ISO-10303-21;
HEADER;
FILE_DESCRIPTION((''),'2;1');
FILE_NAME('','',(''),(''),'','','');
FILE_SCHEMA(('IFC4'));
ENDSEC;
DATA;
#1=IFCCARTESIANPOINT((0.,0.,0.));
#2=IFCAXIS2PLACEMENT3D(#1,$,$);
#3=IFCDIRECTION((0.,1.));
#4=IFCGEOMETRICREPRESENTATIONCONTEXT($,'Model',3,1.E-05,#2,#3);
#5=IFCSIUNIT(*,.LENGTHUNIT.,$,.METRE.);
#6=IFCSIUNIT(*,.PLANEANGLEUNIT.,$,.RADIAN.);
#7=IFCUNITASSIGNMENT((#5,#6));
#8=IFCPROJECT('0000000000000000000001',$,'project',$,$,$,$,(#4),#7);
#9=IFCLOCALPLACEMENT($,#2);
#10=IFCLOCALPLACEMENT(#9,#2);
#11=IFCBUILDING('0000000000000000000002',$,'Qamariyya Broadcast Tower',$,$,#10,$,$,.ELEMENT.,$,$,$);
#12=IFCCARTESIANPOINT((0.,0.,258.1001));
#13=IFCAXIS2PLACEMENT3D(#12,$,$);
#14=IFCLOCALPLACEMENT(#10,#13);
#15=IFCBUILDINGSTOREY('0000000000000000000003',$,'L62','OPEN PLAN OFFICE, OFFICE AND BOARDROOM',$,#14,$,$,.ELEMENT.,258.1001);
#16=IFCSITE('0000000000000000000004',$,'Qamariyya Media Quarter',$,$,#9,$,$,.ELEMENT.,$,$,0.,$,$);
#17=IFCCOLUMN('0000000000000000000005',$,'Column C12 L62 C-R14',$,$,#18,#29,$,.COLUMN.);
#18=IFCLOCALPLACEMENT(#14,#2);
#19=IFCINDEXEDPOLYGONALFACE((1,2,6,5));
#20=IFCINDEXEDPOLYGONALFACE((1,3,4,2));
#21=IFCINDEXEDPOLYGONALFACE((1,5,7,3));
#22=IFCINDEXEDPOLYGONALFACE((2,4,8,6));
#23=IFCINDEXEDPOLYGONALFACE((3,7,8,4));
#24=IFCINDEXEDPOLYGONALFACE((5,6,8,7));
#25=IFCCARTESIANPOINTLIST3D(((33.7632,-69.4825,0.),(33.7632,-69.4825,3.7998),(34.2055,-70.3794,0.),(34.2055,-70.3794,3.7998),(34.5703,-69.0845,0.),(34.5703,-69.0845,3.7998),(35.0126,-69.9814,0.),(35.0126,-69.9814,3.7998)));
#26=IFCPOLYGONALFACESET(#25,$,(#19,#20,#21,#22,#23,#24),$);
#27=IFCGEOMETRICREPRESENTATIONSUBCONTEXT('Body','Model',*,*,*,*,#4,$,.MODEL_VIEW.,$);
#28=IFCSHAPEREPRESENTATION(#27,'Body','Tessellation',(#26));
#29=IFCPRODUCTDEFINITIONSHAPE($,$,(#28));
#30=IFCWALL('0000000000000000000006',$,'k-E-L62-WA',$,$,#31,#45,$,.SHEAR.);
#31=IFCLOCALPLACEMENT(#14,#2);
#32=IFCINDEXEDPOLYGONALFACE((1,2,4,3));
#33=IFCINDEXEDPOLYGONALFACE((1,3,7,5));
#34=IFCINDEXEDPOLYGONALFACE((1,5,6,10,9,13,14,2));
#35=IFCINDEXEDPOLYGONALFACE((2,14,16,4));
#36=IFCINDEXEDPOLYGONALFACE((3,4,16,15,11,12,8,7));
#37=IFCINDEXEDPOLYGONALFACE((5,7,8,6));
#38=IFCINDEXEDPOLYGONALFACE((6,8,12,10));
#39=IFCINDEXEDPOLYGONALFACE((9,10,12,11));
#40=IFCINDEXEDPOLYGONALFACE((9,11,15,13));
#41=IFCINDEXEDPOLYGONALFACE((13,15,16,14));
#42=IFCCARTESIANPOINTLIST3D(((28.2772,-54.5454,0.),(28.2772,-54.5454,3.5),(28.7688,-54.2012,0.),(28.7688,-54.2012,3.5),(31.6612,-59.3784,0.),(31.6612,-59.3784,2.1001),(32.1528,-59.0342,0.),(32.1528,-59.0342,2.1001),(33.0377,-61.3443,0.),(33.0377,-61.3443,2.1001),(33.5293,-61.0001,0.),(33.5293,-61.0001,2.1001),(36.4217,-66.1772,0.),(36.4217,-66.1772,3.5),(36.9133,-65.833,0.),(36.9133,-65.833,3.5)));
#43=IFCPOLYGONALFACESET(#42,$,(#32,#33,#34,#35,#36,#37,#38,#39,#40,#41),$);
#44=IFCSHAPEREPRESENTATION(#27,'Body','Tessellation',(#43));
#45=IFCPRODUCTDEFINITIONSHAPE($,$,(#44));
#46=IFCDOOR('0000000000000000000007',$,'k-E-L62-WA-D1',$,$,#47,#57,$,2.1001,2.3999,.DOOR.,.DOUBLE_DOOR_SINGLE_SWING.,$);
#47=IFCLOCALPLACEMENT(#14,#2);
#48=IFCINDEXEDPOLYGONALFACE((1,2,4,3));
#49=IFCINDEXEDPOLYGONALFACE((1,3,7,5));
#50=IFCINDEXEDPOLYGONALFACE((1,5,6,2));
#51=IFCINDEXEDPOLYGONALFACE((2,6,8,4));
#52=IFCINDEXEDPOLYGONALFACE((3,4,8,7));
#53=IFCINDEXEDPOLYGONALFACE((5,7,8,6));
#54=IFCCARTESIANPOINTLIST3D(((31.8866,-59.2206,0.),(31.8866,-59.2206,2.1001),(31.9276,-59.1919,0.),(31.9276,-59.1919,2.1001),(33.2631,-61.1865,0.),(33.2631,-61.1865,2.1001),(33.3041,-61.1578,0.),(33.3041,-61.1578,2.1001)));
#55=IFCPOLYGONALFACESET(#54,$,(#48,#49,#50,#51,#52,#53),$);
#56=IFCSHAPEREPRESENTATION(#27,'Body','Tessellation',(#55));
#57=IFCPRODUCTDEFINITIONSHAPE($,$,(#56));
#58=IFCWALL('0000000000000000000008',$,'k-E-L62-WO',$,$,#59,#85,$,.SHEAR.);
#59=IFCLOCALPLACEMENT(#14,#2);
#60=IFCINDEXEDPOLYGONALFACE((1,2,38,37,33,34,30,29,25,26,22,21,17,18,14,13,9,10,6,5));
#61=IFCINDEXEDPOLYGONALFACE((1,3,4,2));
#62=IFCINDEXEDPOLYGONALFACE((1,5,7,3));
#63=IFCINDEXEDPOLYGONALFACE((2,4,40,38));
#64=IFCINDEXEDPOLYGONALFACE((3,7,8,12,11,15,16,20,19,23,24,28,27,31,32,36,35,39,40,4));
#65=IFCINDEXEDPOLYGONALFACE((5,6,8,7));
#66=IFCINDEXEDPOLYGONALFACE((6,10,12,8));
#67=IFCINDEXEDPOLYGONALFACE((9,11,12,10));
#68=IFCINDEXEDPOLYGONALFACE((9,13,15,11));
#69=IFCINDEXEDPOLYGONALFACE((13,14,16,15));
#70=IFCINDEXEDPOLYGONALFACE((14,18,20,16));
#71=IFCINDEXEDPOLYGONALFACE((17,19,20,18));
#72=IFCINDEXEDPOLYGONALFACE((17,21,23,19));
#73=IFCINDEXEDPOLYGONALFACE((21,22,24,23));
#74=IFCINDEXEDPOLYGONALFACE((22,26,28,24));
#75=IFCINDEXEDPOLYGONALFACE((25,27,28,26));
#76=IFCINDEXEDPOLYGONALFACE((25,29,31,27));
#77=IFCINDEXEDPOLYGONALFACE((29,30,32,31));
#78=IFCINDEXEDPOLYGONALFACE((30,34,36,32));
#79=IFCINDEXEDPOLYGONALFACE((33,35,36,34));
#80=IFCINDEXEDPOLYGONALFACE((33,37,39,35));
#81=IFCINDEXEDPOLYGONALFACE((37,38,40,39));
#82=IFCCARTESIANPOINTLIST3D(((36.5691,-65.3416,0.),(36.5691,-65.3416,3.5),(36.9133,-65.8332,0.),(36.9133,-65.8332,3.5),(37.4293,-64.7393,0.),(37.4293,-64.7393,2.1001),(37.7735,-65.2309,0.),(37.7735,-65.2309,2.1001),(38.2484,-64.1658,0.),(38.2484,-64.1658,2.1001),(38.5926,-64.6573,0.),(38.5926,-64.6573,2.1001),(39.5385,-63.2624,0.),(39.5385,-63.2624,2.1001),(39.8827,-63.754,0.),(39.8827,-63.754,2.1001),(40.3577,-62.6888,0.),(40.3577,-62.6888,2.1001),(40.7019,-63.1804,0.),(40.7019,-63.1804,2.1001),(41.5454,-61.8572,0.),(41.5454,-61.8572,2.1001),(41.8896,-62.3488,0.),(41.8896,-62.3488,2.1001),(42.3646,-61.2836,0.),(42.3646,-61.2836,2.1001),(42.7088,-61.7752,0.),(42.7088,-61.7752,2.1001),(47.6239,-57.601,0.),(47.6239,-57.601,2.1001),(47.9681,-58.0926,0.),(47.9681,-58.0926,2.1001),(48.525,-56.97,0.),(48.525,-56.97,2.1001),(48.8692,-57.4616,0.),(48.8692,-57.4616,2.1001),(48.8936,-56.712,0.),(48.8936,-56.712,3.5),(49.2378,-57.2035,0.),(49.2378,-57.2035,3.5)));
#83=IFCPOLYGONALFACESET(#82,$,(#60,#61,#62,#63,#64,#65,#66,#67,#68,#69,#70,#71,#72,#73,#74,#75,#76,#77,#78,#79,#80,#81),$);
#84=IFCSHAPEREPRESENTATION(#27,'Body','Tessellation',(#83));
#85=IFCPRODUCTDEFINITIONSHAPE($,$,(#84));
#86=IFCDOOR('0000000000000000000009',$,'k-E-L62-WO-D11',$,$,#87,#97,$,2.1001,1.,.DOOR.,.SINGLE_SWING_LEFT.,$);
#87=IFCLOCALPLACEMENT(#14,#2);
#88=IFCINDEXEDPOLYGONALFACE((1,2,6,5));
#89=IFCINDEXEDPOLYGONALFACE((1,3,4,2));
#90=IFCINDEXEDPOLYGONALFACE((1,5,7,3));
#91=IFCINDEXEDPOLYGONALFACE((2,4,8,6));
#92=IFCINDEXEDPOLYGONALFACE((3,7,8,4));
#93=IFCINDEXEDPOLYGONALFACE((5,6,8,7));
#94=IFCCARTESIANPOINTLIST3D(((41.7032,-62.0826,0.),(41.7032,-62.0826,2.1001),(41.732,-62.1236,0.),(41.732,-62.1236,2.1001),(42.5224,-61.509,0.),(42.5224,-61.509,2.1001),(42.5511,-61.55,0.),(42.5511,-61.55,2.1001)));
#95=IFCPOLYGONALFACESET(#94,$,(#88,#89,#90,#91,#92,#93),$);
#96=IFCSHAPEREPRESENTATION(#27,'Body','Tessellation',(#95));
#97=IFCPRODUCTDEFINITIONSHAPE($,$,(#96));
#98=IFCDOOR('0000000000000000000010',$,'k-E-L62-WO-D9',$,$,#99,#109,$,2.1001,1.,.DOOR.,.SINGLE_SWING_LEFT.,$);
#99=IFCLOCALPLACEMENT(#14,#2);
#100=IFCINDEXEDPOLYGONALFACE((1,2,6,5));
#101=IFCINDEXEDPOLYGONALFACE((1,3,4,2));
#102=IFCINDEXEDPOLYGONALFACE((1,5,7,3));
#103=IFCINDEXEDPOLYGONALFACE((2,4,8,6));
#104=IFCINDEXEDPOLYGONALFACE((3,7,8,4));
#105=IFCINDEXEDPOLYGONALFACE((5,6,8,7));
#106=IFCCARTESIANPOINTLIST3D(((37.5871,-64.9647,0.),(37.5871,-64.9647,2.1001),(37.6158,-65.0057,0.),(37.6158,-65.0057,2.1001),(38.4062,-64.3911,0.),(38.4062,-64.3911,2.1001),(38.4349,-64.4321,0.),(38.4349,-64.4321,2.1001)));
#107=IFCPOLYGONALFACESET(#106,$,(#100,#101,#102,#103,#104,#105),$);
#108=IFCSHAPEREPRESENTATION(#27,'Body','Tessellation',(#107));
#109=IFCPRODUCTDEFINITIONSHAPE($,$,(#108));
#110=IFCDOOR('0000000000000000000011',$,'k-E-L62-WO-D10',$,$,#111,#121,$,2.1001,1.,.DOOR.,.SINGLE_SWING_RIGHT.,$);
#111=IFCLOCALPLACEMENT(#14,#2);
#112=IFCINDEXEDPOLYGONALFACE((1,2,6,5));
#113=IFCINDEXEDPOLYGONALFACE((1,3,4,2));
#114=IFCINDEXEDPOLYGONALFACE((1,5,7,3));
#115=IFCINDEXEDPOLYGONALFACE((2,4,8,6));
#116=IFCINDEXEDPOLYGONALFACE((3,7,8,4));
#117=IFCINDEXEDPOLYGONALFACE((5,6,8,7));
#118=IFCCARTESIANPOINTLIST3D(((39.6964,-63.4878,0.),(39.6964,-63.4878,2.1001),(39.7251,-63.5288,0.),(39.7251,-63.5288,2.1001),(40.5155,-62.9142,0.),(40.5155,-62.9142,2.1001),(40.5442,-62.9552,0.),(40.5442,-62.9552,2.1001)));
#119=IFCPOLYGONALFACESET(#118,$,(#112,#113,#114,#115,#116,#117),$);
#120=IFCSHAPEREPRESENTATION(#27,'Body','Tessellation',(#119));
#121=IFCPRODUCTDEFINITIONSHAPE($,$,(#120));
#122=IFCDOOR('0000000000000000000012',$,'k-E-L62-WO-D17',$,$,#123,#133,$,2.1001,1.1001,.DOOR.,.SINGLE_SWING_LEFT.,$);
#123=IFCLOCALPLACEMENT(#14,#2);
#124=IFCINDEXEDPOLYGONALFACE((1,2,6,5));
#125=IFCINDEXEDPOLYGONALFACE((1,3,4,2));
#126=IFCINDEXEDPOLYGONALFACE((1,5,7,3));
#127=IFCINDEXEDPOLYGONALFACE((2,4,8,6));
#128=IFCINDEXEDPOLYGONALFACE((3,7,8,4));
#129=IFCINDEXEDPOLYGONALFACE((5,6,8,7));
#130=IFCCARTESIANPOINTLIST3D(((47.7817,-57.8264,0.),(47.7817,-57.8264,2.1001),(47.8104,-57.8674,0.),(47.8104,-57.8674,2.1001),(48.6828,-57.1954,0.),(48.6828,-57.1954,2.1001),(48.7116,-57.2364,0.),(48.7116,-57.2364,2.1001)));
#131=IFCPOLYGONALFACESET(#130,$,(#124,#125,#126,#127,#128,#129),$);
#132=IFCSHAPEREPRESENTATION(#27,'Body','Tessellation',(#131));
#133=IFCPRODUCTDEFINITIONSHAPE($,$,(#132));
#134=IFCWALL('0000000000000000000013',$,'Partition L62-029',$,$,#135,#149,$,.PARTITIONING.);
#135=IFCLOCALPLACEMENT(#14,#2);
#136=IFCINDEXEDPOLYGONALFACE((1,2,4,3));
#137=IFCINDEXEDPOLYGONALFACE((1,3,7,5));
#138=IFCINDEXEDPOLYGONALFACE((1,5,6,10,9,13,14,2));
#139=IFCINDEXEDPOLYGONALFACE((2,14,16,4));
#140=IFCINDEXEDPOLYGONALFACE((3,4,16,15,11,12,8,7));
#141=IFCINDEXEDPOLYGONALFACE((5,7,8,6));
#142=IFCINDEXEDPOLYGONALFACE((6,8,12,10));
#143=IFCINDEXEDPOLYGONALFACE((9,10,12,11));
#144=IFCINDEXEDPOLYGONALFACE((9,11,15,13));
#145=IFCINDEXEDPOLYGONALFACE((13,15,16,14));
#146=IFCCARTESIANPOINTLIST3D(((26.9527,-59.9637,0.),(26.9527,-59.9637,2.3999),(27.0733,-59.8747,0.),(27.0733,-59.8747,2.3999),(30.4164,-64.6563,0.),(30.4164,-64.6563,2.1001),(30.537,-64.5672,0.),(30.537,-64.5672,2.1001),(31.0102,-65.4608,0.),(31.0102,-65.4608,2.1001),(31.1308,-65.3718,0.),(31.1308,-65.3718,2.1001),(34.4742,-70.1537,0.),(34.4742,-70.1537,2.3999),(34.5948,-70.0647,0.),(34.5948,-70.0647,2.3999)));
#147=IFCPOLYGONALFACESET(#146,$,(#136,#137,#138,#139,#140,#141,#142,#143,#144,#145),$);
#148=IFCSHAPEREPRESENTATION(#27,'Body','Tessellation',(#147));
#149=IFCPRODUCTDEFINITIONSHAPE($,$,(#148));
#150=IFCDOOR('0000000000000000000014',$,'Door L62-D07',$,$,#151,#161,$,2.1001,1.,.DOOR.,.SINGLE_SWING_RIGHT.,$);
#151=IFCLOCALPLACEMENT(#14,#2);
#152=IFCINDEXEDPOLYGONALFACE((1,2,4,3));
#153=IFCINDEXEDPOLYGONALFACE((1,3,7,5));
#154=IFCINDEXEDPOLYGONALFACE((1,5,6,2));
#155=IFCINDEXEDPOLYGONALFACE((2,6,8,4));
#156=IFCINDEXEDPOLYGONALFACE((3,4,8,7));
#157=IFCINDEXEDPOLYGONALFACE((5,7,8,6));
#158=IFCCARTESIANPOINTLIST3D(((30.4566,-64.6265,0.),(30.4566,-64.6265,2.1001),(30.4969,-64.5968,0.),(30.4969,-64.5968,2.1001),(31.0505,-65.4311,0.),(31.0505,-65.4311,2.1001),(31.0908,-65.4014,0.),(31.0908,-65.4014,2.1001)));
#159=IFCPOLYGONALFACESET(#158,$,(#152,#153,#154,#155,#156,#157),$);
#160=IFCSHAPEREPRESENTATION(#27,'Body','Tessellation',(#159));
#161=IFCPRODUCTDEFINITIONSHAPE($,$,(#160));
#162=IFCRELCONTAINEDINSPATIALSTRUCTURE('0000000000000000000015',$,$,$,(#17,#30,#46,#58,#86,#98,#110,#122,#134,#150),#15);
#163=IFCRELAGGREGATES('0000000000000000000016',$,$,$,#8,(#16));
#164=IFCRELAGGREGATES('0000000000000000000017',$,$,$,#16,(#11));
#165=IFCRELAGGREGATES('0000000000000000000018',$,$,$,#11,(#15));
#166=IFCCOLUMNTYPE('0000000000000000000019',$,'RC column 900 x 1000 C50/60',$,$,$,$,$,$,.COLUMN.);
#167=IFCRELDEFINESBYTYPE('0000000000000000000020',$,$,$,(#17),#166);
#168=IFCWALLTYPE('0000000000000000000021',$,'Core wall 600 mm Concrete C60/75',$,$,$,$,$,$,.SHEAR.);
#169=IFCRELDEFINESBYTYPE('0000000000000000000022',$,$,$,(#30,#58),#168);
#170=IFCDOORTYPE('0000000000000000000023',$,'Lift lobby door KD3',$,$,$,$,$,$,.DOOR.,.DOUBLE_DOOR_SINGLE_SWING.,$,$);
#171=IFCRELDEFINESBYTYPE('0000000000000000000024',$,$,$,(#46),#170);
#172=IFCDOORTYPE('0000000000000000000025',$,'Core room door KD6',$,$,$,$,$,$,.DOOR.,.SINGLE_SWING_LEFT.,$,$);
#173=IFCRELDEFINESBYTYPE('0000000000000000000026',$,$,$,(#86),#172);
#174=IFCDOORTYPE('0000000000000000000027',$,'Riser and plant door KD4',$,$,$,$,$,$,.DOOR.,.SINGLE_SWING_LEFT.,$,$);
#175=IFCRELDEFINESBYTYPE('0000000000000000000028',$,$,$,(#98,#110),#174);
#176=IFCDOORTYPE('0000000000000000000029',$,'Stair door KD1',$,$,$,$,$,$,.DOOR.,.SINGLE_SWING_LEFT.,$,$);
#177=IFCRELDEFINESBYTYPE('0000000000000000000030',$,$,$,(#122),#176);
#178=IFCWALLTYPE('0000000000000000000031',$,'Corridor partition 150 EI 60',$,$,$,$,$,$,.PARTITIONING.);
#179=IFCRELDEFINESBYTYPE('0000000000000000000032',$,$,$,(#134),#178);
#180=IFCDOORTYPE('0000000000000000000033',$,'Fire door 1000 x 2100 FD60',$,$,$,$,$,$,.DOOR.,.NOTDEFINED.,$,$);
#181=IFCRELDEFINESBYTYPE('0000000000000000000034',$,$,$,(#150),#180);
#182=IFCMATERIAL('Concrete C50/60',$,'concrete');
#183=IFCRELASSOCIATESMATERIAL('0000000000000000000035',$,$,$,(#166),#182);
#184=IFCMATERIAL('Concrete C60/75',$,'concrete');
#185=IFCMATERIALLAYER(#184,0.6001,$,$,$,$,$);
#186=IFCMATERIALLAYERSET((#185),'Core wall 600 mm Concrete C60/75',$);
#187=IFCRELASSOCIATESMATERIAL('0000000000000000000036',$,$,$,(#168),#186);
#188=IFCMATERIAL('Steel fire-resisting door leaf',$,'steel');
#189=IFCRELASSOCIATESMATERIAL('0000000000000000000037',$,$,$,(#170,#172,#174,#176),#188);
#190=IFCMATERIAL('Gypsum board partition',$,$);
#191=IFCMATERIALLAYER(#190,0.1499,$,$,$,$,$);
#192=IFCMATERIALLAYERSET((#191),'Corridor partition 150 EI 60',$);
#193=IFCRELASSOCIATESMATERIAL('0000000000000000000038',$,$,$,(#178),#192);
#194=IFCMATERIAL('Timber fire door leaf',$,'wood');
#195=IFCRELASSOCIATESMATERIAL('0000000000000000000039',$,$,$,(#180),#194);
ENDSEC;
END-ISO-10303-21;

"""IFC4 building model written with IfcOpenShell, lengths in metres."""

from ifc_helpers import new_model, si_unit, direction, frame, frame_2d, origin, origin_2d, place, context, subcontext, project, spatial, rectangle, extrude, material, layer, layer_set, material_profile, profile_set, type_object, element, fill, save


model = new_model("IFC4")

# Units and contexts
model_context = context("Model", 3, precision=1e-05, world=origin(), true_north=direction((0.0, 1.0)))
body_context = subcontext(model_context, "Body", "Model", "MODEL_VIEW")
ifc_project = project(units=[si_unit("LENGTHUNIT", "METRE"), si_unit("PLANEANGLEUNIT", "RADIAN")], contexts=[model_context])

# Site, building, storey
site_placement = place(None, origin())
site = spatial("IfcSite", under=ifc_project, at=site_placement, Name="Qamariyya Media Quarter", CompositionType="ELEMENT", RefElevation=0.0)
building_placement = place(site_placement, origin())
building = spatial("IfcBuilding", under=site, at=building_placement, Name="Qamariyya Broadcast Tower", CompositionType="ELEMENT")
storey_placement = place(building_placement, frame((0.0, 0.0, 258.1001)))
storey = spatial("IfcBuildingStorey", under=building, at=storey_placement, Name="L62", Description="OPEN PLAN OFFICE, OFFICE AND BOARDROOM", CompositionType="ELEMENT", Elevation=258.1001)

# Column
ifc_material_1 = material(Name="Concrete C50/60", Category="concrete")
ifc_material_profile_1 = material_profile(ifc_material_1, rectangle(XDim=0.8999, YDim=1.0, at=origin_2d()))
ifc_profile_set_1 = profile_set([ifc_material_profile_1], Name="Concrete C50/60")
column_type = type_object("IfcColumnType", Name="RC column 900 x 1000 C50/60", PredefinedType="COLUMN", material=ifc_profile_set_1)
column_placement = place(storey_placement, frame((34.3879, -69.7319, 0.0), z_axis=(0.0, 0.0, 1.0), x_axis=(0.896873, 0.442289, 0.0)))
element("IfcColumn", 1, at=column_placement, inside=storey, type_object=column_type, Name="Column C12 L62 C-R14", PredefinedType="COLUMN", context=body_context, shape_type="SweptSolid", body=[
    extrude(rectangle(XDim=0.8999, YDim=1.0, at=origin_2d()), origin(), (0.0, 0.0, 1.0), 3.7998),
])

# Wall, opening, door
ifc_material_2 = material(Name="Concrete C60/75", Category="concrete")
ifc_layer_1 = layer(ifc_material_2, 0.6001)
ifc_layer_set_1 = layer_set([ifc_layer_1], Name="Core wall 600 mm Concrete C60/75")
wall_type_1 = type_object("IfcWallType", Name="Core wall 600 mm Concrete C60/75", PredefinedType="SHEAR", material=ifc_layer_set_1)
wall_1_placement = place(storey_placement, frame((36.6675, -66.0051, 0.0), z_axis=(0.0, 0.0, 1.0), x_axis=(-0.573568, 0.819158, 0.0)))
wall_1 = element("IfcWall", 2, at=wall_1_placement, inside=storey, type_object=wall_type_1, Name="k-E-L62-WA", PredefinedType="SHEAR", context=body_context, shape_type="SweptSolid", body=[
    extrude(rectangle(XDim=14.1997, YDim=0.6001, at=frame_2d((7.0999, 0.0))), origin(), (0.0, 0.0, 1.0), 3.5),
])
opening_1_placement = place(wall_1_placement, frame((5.8999, 0.0, 0.0)))
opening_1 = element("IfcOpeningElement", 3, at=opening_1_placement, cuts=wall_1, PredefinedType="OPENING", context=body_context, shape_type="SweptSolid", body=[
    extrude(rectangle(XDim=2.3999, YDim=2.1001, at=frame_2d((1.2, 1.05))), frame((0.0, 0.3101, 0.0), z_axis=(0.0, -1.0, 0.0), x_axis=(1.0, 0.0, 0.0)), (0.0, 0.0, 1.0), 0.6201),
])
ifc_material_3 = material(Name="Steel fire-resisting door leaf", Category="steel")
door_type_1 = type_object("IfcDoorType", Name="Lift lobby door KD3", OperationType="DOUBLE_DOOR_SINGLE_SWING", PredefinedType="DOOR", material=ifc_material_3)
door_1_placement = place(opening_1_placement, origin())
door_1 = element("IfcDoor", 4, at=door_1_placement, inside=storey, type_object=door_type_1, Name="k-E-L62-WA-D1", OperationType="DOUBLE_DOOR_SINGLE_SWING", OverallHeight=2.1001, OverallWidth=2.3999, PredefinedType="DOOR", context=body_context, shape_type="SweptSolid", body=[
    extrude(rectangle(XDim=2.3999, YDim=2.1001, at=frame_2d((1.2, 1.05))), frame((0.0, 0.0249, 0.0), z_axis=(0.0, -1.0, 0.0), x_axis=(1.0, 0.0, 0.0)), (0.0, 0.0, 1.0), 0.05),
])
fill(opening_1, door_1)

# Wall, openings, doors
wall_2_placement = place(storey_placement, frame((36.7412, -65.5874, 0.0), z_axis=(0.0, 0.0, 1.0), x_axis=(0.819153, 0.573575, 0.0)))
wall_2 = element("IfcWall", 5, at=wall_2_placement, inside=storey, type_object=wall_type_1, Name="k-E-L62-WO", PredefinedType="SHEAR", context=body_context, shape_type="SweptSolid", body=[
    extrude(rectangle(XDim=15.0454, YDim=0.6001, at=frame_2d((7.5227, 0.0))), origin(), (0.0, 0.0, 1.0), 3.5),
])
opening_2_placement = place(wall_2_placement, frame((1.05, 0.0, 0.0)))
opening_2 = element("IfcOpeningElement", 6, at=opening_2_placement, cuts=wall_2, PredefinedType="OPENING", context=body_context, shape_type="SweptSolid", body=[
    extrude(rectangle(XDim=1.0, YDim=2.1001, at=frame_2d((0.5, 1.05))), frame((0.0, 0.3101, 0.0), z_axis=(0.0, -1.0, 0.0), x_axis=(1.0, 0.0, 0.0)), (0.0, 0.0, 1.0), 0.6201),
])
opening_3_placement = place(wall_2_placement, frame((3.625, 0.0, 0.0)))
opening_3 = element("IfcOpeningElement", 7, at=opening_3_placement, cuts=wall_2, PredefinedType="OPENING", context=body_context, shape_type="SweptSolid", body=[
    extrude(rectangle(XDim=1.0, YDim=2.1001, at=frame_2d((0.5, 1.05))), frame((0.0, 0.3101, 0.0), z_axis=(0.0, -1.0, 0.0), x_axis=(1.0, 0.0, 0.0)), (0.0, 0.0, 1.0), 0.6201),
])
opening_4_placement = place(wall_2_placement, frame((6.075, 0.0, 0.0)))
opening_4 = element("IfcOpeningElement", 8, at=opening_4_placement, cuts=wall_2, PredefinedType="OPENING", context=body_context, shape_type="SweptSolid", body=[
    extrude(rectangle(XDim=1.0, YDim=2.1001, at=frame_2d((0.5, 1.05))), frame((0.0, 0.3101, 0.0), z_axis=(0.0, -1.0, 0.0), x_axis=(1.0, 0.0, 0.0)), (0.0, 0.0, 1.0), 0.6201),
])
opening_5_placement = place(wall_2_placement, frame((13.4954, 0.0, 0.0)))
opening_5 = element("IfcOpeningElement", 9, at=opening_5_placement, cuts=wall_2, PredefinedType="OPENING", context=body_context, shape_type="SweptSolid", body=[
    extrude(rectangle(XDim=1.1001, YDim=2.1001, at=frame_2d((0.55, 1.05))), frame((0.0, 0.3101, 0.0), z_axis=(0.0, -1.0, 0.0), x_axis=(1.0, 0.0, 0.0)), (0.0, 0.0, 1.0), 0.6201),
])
door_type_2 = type_object("IfcDoorType", Name="Core room door KD6", OperationType="SINGLE_SWING_LEFT", PredefinedType="DOOR", material=ifc_material_3)
door_2_placement = place(opening_4_placement, origin())
door_2 = element("IfcDoor", 10, at=door_2_placement, inside=storey, type_object=door_type_2, Name="k-E-L62-WO-D11", OperationType="SINGLE_SWING_LEFT", OverallHeight=2.1001, OverallWidth=1.0, PredefinedType="DOOR", context=body_context, shape_type="SweptSolid", body=[
    extrude(rectangle(XDim=1.0, YDim=2.1001, at=frame_2d((0.5, 1.05))), frame((0.0, 0.0249, 0.0), z_axis=(0.0, -1.0, 0.0), x_axis=(1.0, 0.0, 0.0)), (0.0, 0.0, 1.0), 0.05),
])
fill(opening_4, door_2)
door_type_3 = type_object("IfcDoorType", Name="Riser and plant door KD4", OperationType="SINGLE_SWING_LEFT", PredefinedType="DOOR", material=ifc_material_3)
door_3_placement = place(opening_2_placement, origin())
door_3 = element("IfcDoor", 11, at=door_3_placement, inside=storey, type_object=door_type_3, Name="k-E-L62-WO-D9", OperationType="SINGLE_SWING_LEFT", OverallHeight=2.1001, OverallWidth=1.0, PredefinedType="DOOR", context=body_context, shape_type="SweptSolid", body=[
    extrude(rectangle(XDim=1.0, YDim=2.1001, at=frame_2d((0.5, 1.05))), frame((0.0, 0.0249, 0.0), z_axis=(0.0, -1.0, 0.0), x_axis=(1.0, 0.0, 0.0)), (0.0, 0.0, 1.0), 0.05),
])
fill(opening_2, door_3)
door_4_placement = place(opening_3_placement, origin())
door_4 = element("IfcDoor", 12, at=door_4_placement, inside=storey, type_object=door_type_3, Name="k-E-L62-WO-D10", OperationType="SINGLE_SWING_RIGHT", OverallHeight=2.1001, OverallWidth=1.0, PredefinedType="DOOR", context=body_context, shape_type="SweptSolid", body=[
    extrude(rectangle(XDim=1.0, YDim=2.1001, at=frame_2d((0.5, 1.05))), frame((0.0, 0.0249, 0.0), z_axis=(0.0, -1.0, 0.0), x_axis=(1.0, 0.0, 0.0)), (0.0, 0.0, 1.0), 0.05),
])
fill(opening_3, door_4)
door_type_4 = type_object("IfcDoorType", Name="Stair door KD1", OperationType="SINGLE_SWING_LEFT", PredefinedType="DOOR", material=ifc_material_3)
door_5_placement = place(opening_5_placement, origin())
door_5 = element("IfcDoor", 13, at=door_5_placement, inside=storey, type_object=door_type_4, Name="k-E-L62-WO-D17", OperationType="SINGLE_SWING_LEFT", OverallHeight=2.1001, OverallWidth=1.1001, PredefinedType="DOOR", context=body_context, shape_type="SweptSolid", body=[
    extrude(rectangle(XDim=1.1001, YDim=2.1001, at=frame_2d((0.55, 1.05))), frame((0.0, 0.0249, 0.0), z_axis=(0.0, -1.0, 0.0), x_axis=(1.0, 0.0, 0.0)), (0.0, 0.0, 1.0), 0.05),
])
fill(opening_5, door_5)

# Wall, opening, door
ifc_material_4 = material(Name="Gypsum board partition")
ifc_layer_2 = layer(ifc_material_4, 0.1499)
ifc_layer_set_2 = layer_set([ifc_layer_2], Name="Corridor partition 150 EI 60")
wall_type_2 = type_object("IfcWallType", Name="Corridor partition 150 EI 60", PredefinedType="PARTITIONING", material=ifc_layer_set_2)
wall_3_placement = place(storey_placement, frame((34.5344, -70.1091, 0.0), z_axis=(0.0, 0.0, 1.0), x_axis=(-0.59387, 0.804561, 0.0)))
wall_3 = element("IfcWall", 14, at=wall_3_placement, inside=storey, type_object=wall_type_2, Name="Partition L62-029", PredefinedType="PARTITIONING", context=body_context, shape_type="SweptSolid", body=[
    extrude(rectangle(XDim=12.6653, YDim=0.1499, at=frame_2d((6.3325, 0.0))), origin(), (0.0, 0.0, 1.0), 2.3999),
])
opening_6_placement = place(wall_3_placement, frame((5.8328, 0.0, 0.0)))
opening_6 = element("IfcOpeningElement", 15, at=opening_6_placement, cuts=wall_3, PredefinedType="OPENING", context=body_context, shape_type="SweptSolid", body=[
    extrude(rectangle(XDim=1.0, YDim=2.1001, at=frame_2d((0.5, 1.05))), frame((0.0, 0.085, 0.0), z_axis=(0.0, -1.0, 0.0), x_axis=(1.0, 0.0, 0.0)), (0.0, 0.0, 1.0), 0.1699),
])
ifc_material_5 = material(Name="Timber fire door leaf", Category="wood")
door_type_5 = type_object("IfcDoorType", Name="Fire door 1000 x 2100 FD60", OperationType="NOTDEFINED", PredefinedType="DOOR", material=ifc_material_5)
door_6_placement = place(opening_6_placement, origin())
door_6 = element("IfcDoor", 16, at=door_6_placement, inside=storey, type_object=door_type_5, Name="Door L62-D07", OperationType="SINGLE_SWING_RIGHT", OverallHeight=2.1001, OverallWidth=1.0, PredefinedType="DOOR", context=body_context, shape_type="SweptSolid", body=[
    extrude(rectangle(XDim=1.0, YDim=2.1001, at=frame_2d((0.5, 1.05))), frame((0.0, 0.0249, 0.0), z_axis=(0.0, -1.0, 0.0), x_axis=(1.0, 0.0, 0.0)), (0.0, 0.0, 1.0), 0.05),
])
fill(opening_6, door_6)

save(model, "model.ifc")
